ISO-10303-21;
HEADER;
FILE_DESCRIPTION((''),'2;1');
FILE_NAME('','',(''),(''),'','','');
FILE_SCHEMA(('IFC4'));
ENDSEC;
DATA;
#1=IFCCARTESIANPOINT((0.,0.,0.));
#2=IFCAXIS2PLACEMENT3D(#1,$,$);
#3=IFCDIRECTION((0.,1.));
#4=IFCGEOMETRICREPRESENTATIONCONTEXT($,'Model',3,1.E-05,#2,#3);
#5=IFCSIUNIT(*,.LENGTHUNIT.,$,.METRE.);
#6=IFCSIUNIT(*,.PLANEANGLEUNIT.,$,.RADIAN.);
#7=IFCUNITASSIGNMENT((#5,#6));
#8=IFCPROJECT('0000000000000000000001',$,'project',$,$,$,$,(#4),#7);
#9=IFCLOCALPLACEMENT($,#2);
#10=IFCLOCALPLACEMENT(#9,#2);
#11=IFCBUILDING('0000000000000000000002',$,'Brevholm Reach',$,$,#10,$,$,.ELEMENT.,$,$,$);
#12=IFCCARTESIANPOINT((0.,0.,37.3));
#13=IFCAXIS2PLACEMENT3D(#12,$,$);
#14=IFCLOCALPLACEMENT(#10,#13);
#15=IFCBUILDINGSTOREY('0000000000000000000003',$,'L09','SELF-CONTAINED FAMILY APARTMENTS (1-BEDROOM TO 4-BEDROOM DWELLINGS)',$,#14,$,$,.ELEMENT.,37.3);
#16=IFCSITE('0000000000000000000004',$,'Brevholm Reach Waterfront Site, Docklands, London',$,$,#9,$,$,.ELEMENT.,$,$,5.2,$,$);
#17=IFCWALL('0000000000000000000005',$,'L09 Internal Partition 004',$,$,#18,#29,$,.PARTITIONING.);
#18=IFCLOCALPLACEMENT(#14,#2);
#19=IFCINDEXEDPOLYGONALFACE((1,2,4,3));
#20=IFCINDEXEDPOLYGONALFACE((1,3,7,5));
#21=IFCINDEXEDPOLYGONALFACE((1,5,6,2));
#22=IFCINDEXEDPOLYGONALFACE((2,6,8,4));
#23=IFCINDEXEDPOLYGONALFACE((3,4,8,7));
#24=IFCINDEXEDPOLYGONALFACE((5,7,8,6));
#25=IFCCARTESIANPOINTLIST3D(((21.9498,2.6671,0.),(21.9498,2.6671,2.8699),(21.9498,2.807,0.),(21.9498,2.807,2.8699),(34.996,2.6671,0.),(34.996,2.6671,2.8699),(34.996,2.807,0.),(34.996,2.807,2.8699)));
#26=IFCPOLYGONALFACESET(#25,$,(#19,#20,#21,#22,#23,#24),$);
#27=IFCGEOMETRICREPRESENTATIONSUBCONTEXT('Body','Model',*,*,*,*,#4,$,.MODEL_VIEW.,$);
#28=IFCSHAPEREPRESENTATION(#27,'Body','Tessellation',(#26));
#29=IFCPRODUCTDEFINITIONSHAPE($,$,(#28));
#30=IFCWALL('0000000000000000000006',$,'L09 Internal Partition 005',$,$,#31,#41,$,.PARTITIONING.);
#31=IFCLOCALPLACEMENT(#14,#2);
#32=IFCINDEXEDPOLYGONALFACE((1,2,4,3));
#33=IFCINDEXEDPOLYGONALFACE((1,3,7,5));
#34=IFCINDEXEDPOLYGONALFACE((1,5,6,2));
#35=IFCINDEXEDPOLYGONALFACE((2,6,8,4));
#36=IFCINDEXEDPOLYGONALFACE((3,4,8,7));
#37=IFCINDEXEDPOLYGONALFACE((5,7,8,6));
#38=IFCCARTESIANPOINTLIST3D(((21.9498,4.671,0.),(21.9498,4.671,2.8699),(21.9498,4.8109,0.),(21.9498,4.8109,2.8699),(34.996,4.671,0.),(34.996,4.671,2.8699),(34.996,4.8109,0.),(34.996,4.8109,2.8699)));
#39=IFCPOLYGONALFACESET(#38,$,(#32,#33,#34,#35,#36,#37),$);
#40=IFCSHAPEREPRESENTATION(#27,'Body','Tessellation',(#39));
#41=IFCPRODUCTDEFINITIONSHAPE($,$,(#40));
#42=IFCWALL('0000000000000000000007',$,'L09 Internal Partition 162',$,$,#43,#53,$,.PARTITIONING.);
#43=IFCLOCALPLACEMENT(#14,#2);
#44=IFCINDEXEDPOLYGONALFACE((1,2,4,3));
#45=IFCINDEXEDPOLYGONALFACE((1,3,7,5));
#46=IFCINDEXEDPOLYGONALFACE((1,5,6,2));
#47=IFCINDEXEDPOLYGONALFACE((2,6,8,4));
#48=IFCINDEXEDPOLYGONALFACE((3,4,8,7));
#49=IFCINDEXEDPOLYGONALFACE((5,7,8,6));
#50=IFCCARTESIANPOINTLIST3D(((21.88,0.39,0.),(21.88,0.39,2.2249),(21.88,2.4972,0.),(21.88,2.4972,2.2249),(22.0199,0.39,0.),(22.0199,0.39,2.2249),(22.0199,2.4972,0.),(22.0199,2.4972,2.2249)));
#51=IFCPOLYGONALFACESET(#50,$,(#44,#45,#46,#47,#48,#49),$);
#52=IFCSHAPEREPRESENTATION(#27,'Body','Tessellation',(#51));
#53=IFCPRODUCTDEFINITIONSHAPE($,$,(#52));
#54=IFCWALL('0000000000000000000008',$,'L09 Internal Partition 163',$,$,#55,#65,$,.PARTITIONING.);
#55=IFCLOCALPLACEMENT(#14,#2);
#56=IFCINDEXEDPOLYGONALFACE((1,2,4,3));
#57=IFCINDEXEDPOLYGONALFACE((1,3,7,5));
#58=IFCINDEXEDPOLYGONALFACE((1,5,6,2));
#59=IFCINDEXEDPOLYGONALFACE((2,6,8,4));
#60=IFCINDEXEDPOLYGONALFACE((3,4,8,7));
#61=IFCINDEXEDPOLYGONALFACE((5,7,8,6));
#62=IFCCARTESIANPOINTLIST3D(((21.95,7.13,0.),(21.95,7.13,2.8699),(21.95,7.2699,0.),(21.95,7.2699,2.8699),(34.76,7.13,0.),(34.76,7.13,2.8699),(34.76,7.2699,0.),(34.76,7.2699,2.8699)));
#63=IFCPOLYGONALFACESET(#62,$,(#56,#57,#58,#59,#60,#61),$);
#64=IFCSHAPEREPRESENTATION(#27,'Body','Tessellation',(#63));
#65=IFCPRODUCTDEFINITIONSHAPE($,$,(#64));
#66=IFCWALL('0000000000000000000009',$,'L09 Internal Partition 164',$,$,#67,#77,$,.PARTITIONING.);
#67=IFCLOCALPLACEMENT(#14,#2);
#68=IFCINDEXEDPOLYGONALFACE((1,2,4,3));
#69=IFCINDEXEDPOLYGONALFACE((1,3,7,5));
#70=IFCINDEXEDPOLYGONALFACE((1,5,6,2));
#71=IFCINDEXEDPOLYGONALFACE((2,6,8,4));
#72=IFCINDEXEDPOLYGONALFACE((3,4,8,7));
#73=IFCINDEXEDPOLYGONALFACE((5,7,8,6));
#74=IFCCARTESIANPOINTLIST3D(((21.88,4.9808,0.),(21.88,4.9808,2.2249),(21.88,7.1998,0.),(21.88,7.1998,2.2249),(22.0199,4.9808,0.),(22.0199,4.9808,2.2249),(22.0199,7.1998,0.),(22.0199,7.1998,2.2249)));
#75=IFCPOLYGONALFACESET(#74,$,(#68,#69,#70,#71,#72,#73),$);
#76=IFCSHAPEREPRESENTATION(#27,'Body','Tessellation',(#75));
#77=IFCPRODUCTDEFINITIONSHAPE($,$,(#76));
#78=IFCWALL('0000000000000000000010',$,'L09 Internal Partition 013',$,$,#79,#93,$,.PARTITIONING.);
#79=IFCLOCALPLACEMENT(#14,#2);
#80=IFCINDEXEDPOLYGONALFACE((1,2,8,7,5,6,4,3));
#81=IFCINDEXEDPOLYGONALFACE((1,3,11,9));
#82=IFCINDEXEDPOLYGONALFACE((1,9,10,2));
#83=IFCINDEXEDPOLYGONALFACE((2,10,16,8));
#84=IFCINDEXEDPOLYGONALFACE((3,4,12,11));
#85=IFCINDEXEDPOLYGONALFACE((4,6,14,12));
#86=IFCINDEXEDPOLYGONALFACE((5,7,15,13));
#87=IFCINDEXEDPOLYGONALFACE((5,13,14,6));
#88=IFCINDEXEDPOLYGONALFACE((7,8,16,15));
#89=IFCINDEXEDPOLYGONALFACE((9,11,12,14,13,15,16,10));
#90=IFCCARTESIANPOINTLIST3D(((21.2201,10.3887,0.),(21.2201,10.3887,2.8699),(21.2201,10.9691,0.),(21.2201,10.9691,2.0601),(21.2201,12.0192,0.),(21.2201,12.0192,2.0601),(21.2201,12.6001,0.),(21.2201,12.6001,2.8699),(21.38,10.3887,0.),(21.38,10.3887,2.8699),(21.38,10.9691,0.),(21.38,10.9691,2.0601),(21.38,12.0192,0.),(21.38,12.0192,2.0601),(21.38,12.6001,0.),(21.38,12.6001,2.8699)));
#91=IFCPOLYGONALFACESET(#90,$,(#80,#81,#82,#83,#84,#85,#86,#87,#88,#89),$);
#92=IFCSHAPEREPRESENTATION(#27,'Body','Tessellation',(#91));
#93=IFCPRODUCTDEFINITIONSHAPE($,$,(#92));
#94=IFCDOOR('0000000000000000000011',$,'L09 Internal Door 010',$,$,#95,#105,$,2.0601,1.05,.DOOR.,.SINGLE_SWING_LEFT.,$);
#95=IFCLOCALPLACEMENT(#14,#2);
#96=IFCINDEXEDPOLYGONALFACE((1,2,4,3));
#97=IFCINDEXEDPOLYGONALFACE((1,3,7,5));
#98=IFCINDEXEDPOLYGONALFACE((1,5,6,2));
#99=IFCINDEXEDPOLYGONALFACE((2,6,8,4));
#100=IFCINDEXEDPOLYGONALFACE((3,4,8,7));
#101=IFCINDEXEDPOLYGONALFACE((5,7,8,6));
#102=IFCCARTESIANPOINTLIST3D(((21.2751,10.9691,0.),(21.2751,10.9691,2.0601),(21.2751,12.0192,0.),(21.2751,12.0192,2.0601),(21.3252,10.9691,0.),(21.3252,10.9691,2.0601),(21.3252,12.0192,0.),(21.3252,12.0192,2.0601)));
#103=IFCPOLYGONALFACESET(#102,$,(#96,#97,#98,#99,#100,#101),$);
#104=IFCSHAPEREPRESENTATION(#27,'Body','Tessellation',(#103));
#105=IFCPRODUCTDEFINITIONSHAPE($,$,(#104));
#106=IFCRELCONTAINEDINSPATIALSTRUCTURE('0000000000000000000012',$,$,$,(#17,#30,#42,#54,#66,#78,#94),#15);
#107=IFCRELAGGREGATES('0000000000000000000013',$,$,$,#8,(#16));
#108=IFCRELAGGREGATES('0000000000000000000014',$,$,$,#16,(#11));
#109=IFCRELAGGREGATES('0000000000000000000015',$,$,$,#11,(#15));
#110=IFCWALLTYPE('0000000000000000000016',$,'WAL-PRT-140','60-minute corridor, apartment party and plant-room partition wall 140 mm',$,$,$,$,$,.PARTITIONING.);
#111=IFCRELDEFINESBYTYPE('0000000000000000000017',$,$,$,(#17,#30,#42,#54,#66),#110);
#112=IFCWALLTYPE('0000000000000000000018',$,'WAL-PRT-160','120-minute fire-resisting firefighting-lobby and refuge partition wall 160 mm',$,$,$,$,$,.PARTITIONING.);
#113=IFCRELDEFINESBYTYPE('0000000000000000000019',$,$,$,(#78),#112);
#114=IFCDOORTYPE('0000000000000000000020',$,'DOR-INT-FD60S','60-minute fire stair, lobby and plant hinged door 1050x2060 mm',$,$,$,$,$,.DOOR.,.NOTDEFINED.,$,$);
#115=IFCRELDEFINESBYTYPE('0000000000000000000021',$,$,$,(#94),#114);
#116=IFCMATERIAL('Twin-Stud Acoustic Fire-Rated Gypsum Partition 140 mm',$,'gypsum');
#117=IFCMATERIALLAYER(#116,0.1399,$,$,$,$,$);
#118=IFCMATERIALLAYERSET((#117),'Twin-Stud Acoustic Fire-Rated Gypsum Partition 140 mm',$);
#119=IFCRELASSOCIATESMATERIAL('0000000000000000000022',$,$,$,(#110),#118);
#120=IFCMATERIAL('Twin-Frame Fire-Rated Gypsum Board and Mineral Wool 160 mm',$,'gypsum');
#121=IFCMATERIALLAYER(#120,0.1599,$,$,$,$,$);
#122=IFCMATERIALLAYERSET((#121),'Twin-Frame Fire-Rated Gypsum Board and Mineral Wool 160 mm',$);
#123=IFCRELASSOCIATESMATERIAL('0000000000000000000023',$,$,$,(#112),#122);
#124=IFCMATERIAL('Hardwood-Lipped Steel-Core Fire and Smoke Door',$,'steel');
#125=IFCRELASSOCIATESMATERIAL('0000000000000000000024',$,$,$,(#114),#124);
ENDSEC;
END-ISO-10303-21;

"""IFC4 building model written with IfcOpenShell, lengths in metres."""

from ifc_helpers import new_model, si_unit, direction, frame, frame_2d, origin, place, context, subcontext, project, spatial, rectangle, extrude, material, layer, layer_set, type_object, element, fill, save


model = new_model("IFC4")

# Units and contexts
model_context = context("Model", 3, precision=1e-05, world=origin(), true_north=direction((0.0, 1.0)))
body_context = subcontext(model_context, "Body", "Model", "MODEL_VIEW")
ifc_project = project(units=[si_unit("LENGTHUNIT", "METRE"), si_unit("PLANEANGLEUNIT", "RADIAN")], contexts=[model_context])

# Site, building, storey
site_placement = place(None, origin())
site = spatial("IfcSite", under=ifc_project, at=site_placement, Name="Brevholm Reach Waterfront Site, Docklands, London", CompositionType="ELEMENT", RefElevation=5.2)
building_placement = place(site_placement, origin())
building = spatial("IfcBuilding", under=site, at=building_placement, Name="Brevholm Reach", CompositionType="ELEMENT")
storey_placement = place(building_placement, frame((0.0, 0.0, 37.3)))
storey = spatial("IfcBuildingStorey", under=building, at=storey_placement, Name="L09", Description="SELF-CONTAINED FAMILY APARTMENTS (1-BEDROOM TO 4-BEDROOM DWELLINGS)", CompositionType="ELEMENT", Elevation=37.3)

# Walls
ifc_material_1 = material(Name="Twin-Stud Acoustic Fire-Rated Gypsum Partition 140 mm", Category="gypsum")
ifc_layer_1 = layer(ifc_material_1, 0.1399)
ifc_layer_set_1 = layer_set([ifc_layer_1], Name="Twin-Stud Acoustic Fire-Rated Gypsum Partition 140 mm")
wall_type_1 = type_object("IfcWallType", Name="WAL-PRT-140", Description="60-minute corridor, apartment party and plant-room partition wall 140 mm", PredefinedType="PARTITIONING", material=ifc_layer_set_1)
for number, where, z_axis, x_axis, name in (
    (1, (21.95, 2.7371, 0.0), (0.0, 0.0, 1.0), (1.0, 0.0, 0.0), "L09 Internal Partition 004"),
    (2, (21.95, 4.741, 0.0), (0.0, 0.0, 1.0), (1.0, 0.0, 0.0), "L09 Internal Partition 005"),
):
    element("IfcWall", number, at=place(storey_placement, frame(where, z_axis=z_axis, x_axis=x_axis)), inside=storey, type_object=wall_type_1, Name=name, PredefinedType="PARTITIONING", context=body_context, shape_type="SweptSolid", body=[
        extrude(rectangle(XDim=13.0461, YDim=0.1399, at=frame_2d((6.5229, 0.0))), origin(), (0.0, 0.0, 1.0), 2.8699),
    ])
wall_1_placement = place(storey_placement, frame((21.95, 0.3899, 0.0), z_axis=(0.0, 0.0, 1.0), x_axis=(0.0, 1.0, 0.0)))
element("IfcWall", 3, at=wall_1_placement, inside=storey, type_object=wall_type_1, Name="L09 Internal Partition 162", PredefinedType="PARTITIONING", context=body_context, shape_type="SweptSolid", body=[
    extrude(rectangle(XDim=2.1072, YDim=0.1399, at=frame_2d((1.0537, 0.0))), origin(), (0.0, 0.0, 1.0), 2.2249),
])
wall_2_placement = place(storey_placement, frame((21.95, 7.2, 0.0), z_axis=(0.0, 0.0, 1.0), x_axis=(1.0, 0.0, 0.0)))
element("IfcWall", 4, at=wall_2_placement, inside=storey, type_object=wall_type_1, Name="L09 Internal Partition 163", PredefinedType="PARTITIONING", context=body_context, shape_type="SweptSolid", body=[
    extrude(rectangle(XDim=12.8101, YDim=0.1399, at=frame_2d((6.405, 0.0))), origin(), (0.0, 0.0, 1.0), 2.8699),
])
wall_3_placement = place(storey_placement, frame((21.95, 4.981, 0.0), z_axis=(0.0, 0.0, 1.0), x_axis=(0.0, 1.0, 0.0)))
element("IfcWall", 5, at=wall_3_placement, inside=storey, type_object=wall_type_1, Name="L09 Internal Partition 164", PredefinedType="PARTITIONING", context=body_context, shape_type="SweptSolid", body=[
    extrude(rectangle(XDim=2.219, YDim=0.1399, at=frame_2d((1.1094, 0.0))), origin(), (0.0, 0.0, 1.0), 2.2249),
])

# Wall, opening, door
ifc_material_2 = material(Name="Twin-Frame Fire-Rated Gypsum Board and Mineral Wool 160 mm", Category="gypsum")
ifc_layer_2 = layer(ifc_material_2, 0.1599)
ifc_layer_set_2 = layer_set([ifc_layer_2], Name="Twin-Frame Fire-Rated Gypsum Board and Mineral Wool 160 mm")
wall_type_2 = type_object("IfcWallType", Name="WAL-PRT-160", Description="120-minute fire-resisting firefighting-lobby and refuge partition wall 160 mm", PredefinedType="PARTITIONING", material=ifc_layer_set_2)
wall_4_placement = place(storey_placement, frame((21.3, 10.3887, 0.0), z_axis=(0.0, 0.0, 1.0), x_axis=(0.0, 1.0, 0.0)))
wall_4 = element("IfcWall", 6, at=wall_4_placement, inside=storey, type_object=wall_type_2, Name="L09 Internal Partition 013", PredefinedType="PARTITIONING", context=body_context, shape_type="SweptSolid", body=[
    extrude(rectangle(XDim=2.2114, YDim=0.1599, at=frame_2d((1.1057, 0.0))), origin(), (0.0, 0.0, 1.0), 2.8699),
])
opening_1_placement = place(wall_4_placement, frame((0.5806, 0.0, 0.0)))
opening_1 = element("IfcOpeningElement", 7, at=opening_1_placement, cuts=wall_4, PredefinedType="OPENING", context=body_context, shape_type="SweptSolid", body=[
    extrude(rectangle(XDim=1.05, YDim=2.0601, at=frame_2d((0.5249, 1.03))), frame((0.0, 0.0898, 0.0), z_axis=(0.0, -1.0, 0.0), x_axis=(1.0, 0.0, 0.0)), (0.0, 0.0, 1.0), 0.1799),
])
ifc_material_3 = material(Name="Hardwood-Lipped Steel-Core Fire and Smoke Door", Category="steel")
door_type_1 = type_object("IfcDoorType", Name="DOR-INT-FD60S", Description="60-minute fire stair, lobby and plant hinged door 1050x2060 mm", OperationType="NOTDEFINED", PredefinedType="DOOR", material=ifc_material_3)
door_1_placement = place(opening_1_placement, origin())
door_1 = element("IfcDoor", 8, at=door_1_placement, inside=storey, type_object=door_type_1, Name="L09 Internal Door 010", OperationType="SINGLE_SWING_LEFT", OverallHeight=2.0601, OverallWidth=1.05, PredefinedType="DOOR", context=body_context, shape_type="SweptSolid", body=[
    extrude(rectangle(XDim=1.05, YDim=2.0601, at=frame_2d((0.5249, 1.03))), frame((0.0, 0.0249, 0.0), z_axis=(0.0, -1.0, 0.0), x_axis=(1.0, 0.0, 0.0)), (0.0, 0.0, 1.0), 0.05),
])
fill(opening_1, door_1)

save(model, "model.ifc")
